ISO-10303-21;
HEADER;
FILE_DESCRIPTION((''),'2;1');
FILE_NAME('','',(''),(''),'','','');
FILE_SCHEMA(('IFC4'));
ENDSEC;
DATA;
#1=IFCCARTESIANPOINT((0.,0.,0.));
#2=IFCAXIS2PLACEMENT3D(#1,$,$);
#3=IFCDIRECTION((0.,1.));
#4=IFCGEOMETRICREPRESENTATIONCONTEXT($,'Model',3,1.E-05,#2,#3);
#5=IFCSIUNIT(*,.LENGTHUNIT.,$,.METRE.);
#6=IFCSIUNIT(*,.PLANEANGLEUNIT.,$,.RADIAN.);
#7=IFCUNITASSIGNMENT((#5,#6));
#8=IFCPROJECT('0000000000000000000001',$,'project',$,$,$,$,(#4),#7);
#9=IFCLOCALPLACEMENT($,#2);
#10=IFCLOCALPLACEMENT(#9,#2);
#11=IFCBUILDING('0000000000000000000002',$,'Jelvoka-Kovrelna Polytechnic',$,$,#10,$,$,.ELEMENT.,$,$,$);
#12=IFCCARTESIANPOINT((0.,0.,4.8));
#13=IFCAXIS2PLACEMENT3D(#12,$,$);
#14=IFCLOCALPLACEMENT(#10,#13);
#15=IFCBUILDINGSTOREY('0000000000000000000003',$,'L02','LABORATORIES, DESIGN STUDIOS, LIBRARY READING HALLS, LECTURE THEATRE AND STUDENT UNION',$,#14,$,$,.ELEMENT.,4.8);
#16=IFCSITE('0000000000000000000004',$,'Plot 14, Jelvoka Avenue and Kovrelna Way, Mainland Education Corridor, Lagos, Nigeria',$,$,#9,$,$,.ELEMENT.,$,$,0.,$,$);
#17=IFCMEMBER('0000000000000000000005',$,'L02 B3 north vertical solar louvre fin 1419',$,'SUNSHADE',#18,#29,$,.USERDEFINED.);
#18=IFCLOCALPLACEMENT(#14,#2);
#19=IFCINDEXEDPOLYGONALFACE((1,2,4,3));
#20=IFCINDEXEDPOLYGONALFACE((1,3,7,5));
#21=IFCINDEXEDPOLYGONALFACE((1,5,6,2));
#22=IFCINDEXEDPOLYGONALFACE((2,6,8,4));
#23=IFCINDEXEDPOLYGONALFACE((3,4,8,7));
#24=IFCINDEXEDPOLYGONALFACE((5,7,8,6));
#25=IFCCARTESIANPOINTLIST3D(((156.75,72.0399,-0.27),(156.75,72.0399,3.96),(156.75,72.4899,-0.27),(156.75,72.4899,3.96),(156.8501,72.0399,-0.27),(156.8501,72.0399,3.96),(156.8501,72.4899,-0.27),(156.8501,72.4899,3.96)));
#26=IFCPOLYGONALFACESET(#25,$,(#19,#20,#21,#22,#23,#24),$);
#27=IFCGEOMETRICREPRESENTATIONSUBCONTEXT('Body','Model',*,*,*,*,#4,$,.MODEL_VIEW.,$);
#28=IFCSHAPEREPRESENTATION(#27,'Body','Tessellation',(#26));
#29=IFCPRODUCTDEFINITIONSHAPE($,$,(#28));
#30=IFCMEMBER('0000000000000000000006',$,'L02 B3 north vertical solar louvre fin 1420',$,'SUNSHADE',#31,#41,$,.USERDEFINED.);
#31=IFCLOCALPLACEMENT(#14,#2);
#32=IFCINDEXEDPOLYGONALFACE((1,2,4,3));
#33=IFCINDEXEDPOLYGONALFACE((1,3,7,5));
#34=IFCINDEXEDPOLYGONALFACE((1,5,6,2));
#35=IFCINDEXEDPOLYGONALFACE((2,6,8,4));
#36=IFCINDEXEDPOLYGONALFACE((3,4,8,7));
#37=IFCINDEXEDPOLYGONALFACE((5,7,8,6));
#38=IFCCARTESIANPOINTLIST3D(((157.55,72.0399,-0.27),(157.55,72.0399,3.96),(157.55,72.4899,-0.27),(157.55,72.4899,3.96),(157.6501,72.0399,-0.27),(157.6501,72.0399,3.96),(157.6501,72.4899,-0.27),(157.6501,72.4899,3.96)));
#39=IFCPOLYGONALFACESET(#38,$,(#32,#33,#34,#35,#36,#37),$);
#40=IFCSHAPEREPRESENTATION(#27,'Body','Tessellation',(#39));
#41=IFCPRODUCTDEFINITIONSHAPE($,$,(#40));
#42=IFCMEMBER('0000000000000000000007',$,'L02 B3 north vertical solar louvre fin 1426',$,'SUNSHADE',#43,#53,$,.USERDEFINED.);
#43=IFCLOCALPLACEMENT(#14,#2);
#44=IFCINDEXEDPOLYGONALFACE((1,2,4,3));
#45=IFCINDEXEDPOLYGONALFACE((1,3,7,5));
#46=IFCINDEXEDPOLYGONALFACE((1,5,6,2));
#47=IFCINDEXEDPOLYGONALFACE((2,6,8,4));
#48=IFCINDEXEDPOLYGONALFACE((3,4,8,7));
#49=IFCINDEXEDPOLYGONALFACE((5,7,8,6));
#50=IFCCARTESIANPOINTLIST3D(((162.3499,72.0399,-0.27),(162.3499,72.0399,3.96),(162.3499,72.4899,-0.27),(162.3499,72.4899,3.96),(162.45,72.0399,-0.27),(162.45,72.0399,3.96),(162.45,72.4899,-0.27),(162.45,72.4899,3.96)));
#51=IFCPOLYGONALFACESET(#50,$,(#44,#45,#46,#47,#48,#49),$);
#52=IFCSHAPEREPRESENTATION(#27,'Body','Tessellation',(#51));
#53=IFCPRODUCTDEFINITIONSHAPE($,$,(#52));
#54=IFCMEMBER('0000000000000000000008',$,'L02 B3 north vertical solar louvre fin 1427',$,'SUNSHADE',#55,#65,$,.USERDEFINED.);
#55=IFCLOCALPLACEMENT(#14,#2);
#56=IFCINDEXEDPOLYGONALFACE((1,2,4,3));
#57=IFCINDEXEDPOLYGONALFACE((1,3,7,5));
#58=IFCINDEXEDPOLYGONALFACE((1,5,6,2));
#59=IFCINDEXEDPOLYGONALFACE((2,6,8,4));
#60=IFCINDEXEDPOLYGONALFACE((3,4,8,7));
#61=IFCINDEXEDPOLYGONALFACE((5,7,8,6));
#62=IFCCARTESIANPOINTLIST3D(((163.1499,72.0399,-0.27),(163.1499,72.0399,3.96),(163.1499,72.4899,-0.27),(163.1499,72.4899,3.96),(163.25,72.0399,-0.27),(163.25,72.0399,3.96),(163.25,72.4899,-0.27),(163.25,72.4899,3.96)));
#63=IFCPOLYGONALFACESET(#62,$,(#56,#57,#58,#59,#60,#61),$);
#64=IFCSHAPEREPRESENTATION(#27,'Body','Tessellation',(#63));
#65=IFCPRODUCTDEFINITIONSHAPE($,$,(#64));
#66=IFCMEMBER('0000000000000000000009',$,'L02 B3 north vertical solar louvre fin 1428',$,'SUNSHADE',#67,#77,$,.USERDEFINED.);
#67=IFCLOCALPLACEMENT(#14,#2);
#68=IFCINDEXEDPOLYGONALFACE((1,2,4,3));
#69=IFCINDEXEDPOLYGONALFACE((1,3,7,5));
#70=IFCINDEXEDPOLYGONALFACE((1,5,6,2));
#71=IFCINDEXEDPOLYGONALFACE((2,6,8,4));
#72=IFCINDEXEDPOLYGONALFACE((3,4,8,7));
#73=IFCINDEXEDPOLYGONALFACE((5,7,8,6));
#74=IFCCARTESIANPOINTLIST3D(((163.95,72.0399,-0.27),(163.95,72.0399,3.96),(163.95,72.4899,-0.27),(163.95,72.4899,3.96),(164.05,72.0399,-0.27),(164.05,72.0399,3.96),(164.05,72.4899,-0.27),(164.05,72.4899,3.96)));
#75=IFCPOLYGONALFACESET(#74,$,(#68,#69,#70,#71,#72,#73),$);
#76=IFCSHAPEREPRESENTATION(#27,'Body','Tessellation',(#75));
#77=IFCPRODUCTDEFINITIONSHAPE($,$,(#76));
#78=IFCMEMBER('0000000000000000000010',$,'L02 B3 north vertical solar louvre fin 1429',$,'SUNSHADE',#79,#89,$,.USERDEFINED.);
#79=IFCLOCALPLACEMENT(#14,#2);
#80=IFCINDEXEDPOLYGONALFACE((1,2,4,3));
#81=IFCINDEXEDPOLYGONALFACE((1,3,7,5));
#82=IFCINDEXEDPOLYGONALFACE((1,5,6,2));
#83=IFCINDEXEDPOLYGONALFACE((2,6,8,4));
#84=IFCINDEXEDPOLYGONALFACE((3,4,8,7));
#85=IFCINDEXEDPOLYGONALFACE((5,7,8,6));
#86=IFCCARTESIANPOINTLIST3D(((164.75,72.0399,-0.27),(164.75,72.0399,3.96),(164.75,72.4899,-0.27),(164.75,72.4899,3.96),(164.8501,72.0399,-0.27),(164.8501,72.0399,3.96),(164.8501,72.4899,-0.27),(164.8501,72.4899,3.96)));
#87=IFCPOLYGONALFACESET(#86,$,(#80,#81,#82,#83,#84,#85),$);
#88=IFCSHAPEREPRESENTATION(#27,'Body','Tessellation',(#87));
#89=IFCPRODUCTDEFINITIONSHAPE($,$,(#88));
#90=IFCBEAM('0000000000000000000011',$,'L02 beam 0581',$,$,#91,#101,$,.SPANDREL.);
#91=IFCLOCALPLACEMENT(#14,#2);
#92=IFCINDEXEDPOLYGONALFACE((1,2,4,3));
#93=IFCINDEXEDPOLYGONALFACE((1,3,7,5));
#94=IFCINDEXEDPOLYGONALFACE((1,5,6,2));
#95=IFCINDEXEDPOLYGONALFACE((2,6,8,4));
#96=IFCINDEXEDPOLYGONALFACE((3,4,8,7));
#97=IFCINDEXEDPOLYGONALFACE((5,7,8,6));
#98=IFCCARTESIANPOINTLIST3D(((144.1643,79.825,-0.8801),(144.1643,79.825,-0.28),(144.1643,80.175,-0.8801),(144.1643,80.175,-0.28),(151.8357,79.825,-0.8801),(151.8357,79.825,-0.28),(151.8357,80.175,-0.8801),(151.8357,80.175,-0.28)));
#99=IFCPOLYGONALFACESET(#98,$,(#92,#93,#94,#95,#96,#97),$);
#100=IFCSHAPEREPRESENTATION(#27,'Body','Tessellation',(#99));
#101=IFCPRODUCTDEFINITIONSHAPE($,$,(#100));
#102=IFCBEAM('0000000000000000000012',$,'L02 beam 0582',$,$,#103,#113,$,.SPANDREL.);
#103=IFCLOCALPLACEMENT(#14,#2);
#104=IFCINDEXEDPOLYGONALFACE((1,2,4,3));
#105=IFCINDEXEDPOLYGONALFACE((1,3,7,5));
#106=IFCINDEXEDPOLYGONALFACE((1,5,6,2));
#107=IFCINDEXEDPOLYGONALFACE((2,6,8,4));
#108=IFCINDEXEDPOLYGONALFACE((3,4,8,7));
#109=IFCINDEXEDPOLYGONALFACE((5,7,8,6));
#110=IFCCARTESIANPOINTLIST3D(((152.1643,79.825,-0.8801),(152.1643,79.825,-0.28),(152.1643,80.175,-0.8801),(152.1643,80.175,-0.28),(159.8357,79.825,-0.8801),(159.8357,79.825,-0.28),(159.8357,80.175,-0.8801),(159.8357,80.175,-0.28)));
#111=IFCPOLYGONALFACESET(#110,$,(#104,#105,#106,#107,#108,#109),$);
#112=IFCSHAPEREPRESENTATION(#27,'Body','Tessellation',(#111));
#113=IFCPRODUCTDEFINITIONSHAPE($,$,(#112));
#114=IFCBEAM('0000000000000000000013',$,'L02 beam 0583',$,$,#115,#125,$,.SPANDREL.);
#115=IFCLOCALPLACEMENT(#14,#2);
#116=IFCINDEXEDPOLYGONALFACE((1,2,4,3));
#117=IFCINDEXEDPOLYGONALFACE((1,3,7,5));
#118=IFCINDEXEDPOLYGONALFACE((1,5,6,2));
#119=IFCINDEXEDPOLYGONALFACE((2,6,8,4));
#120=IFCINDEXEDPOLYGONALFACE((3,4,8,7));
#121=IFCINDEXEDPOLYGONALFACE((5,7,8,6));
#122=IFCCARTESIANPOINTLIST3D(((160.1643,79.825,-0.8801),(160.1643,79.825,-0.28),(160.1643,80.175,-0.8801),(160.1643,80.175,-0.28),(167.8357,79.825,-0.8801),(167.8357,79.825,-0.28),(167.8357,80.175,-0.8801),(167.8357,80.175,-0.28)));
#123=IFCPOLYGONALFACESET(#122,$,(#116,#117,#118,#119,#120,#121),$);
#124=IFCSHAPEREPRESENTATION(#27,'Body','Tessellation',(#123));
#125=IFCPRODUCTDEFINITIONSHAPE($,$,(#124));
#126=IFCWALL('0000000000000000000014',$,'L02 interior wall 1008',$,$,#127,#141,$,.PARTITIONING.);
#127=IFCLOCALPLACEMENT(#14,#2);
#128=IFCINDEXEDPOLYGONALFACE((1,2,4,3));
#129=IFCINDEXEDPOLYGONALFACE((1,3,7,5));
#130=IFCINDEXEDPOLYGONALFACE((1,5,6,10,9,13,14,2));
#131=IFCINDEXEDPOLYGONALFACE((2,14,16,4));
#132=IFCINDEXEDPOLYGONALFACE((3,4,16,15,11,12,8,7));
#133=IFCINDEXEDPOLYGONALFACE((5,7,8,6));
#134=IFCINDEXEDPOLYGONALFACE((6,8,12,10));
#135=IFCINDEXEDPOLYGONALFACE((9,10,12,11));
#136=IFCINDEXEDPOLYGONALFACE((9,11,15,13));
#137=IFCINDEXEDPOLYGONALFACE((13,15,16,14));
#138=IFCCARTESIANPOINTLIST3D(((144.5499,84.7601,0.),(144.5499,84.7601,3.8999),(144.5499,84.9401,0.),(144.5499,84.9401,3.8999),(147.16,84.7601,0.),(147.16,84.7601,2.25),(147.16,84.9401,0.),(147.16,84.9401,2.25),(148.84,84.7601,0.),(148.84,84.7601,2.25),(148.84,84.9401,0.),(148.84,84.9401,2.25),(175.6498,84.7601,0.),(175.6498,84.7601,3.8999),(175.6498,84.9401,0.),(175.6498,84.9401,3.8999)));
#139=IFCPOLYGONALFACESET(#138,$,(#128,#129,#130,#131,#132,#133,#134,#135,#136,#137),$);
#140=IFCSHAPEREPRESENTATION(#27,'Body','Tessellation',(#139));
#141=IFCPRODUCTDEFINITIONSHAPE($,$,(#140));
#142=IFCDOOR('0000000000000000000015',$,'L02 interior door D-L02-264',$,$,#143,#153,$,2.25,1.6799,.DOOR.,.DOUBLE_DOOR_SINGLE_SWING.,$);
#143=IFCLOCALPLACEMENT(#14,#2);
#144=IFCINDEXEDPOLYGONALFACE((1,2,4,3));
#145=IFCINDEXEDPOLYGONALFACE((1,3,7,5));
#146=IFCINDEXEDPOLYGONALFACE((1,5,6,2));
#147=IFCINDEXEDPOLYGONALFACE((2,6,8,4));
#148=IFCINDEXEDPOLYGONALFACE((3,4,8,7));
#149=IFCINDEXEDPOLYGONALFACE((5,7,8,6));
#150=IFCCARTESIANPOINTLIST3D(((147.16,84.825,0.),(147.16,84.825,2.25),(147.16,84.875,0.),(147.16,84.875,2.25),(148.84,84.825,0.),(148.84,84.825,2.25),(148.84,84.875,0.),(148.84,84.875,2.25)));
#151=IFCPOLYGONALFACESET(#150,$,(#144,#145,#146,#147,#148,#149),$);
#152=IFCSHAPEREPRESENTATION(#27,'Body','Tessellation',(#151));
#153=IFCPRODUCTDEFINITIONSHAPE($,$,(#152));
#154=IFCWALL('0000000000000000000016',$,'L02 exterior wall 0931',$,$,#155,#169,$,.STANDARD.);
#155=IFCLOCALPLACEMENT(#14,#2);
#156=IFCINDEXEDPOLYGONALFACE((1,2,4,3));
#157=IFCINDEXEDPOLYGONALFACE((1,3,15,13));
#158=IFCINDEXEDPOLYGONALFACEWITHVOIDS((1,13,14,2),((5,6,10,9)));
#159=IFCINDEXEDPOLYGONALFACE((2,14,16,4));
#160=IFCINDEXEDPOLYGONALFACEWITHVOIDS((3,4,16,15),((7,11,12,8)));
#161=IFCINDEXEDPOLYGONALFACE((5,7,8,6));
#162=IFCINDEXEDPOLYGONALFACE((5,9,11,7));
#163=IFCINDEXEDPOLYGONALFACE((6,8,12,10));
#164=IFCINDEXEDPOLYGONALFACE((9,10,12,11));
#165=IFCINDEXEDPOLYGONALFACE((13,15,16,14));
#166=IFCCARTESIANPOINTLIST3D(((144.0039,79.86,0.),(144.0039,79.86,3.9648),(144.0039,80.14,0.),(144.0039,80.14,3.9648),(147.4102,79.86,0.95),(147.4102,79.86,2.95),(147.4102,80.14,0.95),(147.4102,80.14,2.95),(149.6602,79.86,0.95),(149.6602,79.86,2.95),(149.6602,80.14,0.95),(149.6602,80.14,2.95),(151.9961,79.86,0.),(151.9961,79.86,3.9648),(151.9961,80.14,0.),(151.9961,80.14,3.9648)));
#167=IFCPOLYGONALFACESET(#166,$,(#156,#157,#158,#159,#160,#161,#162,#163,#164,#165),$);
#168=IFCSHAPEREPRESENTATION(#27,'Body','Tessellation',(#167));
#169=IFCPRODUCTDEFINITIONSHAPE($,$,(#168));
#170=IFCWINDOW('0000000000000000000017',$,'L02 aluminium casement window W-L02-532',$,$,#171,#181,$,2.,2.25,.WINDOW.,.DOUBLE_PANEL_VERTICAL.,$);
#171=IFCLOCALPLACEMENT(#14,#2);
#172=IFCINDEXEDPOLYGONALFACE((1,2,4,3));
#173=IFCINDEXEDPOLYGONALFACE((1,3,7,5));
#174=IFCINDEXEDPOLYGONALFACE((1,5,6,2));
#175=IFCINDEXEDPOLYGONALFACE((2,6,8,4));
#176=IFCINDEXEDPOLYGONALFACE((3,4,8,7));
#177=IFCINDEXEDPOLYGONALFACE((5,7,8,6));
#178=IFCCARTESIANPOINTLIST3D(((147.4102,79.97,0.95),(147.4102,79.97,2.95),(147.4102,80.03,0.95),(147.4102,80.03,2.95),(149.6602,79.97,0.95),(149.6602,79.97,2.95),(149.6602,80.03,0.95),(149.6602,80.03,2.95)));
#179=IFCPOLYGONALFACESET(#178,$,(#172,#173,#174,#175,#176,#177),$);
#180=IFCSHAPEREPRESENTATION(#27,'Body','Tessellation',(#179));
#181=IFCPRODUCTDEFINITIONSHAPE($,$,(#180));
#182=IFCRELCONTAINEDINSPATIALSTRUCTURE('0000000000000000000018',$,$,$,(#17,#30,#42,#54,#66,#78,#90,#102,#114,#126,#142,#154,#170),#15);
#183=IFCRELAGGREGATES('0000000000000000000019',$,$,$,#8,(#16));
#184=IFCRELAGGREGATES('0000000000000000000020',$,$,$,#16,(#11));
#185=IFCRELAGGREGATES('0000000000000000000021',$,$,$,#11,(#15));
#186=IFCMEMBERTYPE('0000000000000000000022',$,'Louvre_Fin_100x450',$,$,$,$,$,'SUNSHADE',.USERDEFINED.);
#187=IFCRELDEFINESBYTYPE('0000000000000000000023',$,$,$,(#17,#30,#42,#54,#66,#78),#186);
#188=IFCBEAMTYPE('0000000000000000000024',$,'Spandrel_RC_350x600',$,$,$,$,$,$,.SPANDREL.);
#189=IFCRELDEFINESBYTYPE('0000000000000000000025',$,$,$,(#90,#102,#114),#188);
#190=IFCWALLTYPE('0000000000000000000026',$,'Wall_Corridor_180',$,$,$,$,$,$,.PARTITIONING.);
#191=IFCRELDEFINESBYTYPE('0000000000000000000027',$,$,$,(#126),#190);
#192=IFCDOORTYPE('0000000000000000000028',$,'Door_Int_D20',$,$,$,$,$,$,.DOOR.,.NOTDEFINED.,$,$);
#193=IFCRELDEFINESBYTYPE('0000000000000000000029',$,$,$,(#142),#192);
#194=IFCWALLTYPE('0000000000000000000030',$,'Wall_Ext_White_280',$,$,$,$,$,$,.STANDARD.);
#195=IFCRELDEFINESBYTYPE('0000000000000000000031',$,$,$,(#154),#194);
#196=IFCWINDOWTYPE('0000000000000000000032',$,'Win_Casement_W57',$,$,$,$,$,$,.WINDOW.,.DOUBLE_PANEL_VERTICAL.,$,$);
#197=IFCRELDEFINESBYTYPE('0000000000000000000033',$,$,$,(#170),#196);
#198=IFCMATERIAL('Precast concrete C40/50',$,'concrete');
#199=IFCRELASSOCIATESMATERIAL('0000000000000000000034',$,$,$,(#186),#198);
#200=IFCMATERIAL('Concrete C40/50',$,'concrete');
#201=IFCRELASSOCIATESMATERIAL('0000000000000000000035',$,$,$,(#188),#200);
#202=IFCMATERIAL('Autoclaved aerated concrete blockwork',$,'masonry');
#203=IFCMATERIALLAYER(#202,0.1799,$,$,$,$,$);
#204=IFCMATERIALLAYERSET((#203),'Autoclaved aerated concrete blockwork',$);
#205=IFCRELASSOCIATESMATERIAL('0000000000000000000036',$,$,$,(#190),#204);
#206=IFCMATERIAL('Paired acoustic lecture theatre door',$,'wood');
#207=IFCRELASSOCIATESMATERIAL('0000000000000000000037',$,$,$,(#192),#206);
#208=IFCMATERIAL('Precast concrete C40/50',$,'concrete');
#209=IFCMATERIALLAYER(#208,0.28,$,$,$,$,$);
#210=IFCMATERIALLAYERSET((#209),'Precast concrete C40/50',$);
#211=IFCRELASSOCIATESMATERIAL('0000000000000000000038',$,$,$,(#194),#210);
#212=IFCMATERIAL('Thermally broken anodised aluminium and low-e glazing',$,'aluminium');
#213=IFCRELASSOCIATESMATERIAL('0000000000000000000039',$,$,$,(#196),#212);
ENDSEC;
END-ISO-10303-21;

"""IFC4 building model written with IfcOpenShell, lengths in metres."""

from ifc_helpers import new_model, si_unit, direction, frame, frame_2d, origin, origin_2d, place, context, subcontext, project, spatial, rectangle, extrude, material, layer, layer_set, material_profile, profile_set, type_object, element, fill, save


model = new_model("IFC4")

# Units and contexts
model_context = context("Model", 3, precision=1e-05, world=origin(), true_north=direction((0.0, 1.0)))
body_context = subcontext(model_context, "Body", "Model", "MODEL_VIEW")
ifc_project = project(units=[si_unit("LENGTHUNIT", "METRE"), si_unit("PLANEANGLEUNIT", "RADIAN")], contexts=[model_context])

# Site, building, storey
site_placement = place(None, origin())
site = spatial("IfcSite", under=ifc_project, at=site_placement, Name="Plot 14, Jelvoka Avenue and Kovrelna Way, Mainland Education Corridor, Lagos, Nigeria", CompositionType="ELEMENT", RefElevation=0.0)
building_placement = place(site_placement, origin())
building = spatial("IfcBuilding", under=site, at=building_placement, Name="Jelvoka-Kovrelna Polytechnic", CompositionType="ELEMENT")
storey_placement = place(building_placement, frame((0.0, 0.0, 4.8)))
storey = spatial("IfcBuildingStorey", under=building, at=storey_placement, Name="L02", Description="LABORATORIES, DESIGN STUDIOS, LIBRARY READING HALLS, LECTURE THEATRE AND STUDENT UNION", CompositionType="ELEMENT", Elevation=4.8)

# Members
ifc_material_1 = material(Name="Precast concrete C40/50", Category="concrete")
ifc_material_profile_1 = material_profile(ifc_material_1, rectangle(XDim=0.1001, YDim=0.45, at=origin_2d()), Name="PC 100x450")
ifc_profile_set_1 = profile_set([ifc_material_profile_1], Name="Precast concrete C40/50")
member_type = type_object("IfcMemberType", Name="Louvre_Fin_100x450", ElementType="SUNSHADE", PredefinedType="USERDEFINED", material=ifc_profile_set_1)
for number, where, z_axis, x_axis, name in (
    (1, (156.8, 72.2649, -0.27), (0.0, 0.0, 1.0), (1.0, 0.0, 0.0), "L02 B3 north vertical solar louvre fin 1419"),
    (2, (157.6001, 72.2649, -0.27), (0.0, 0.0, 1.0), (1.0, 0.0, 0.0), "L02 B3 north vertical solar louvre fin 1420"),
    (3, (162.3999, 72.2649, -0.27), (0.0, 0.0, 1.0), (1.0, 0.0, 0.0), "L02 B3 north vertical solar louvre fin 1426"),
    (4, (163.2, 72.2649, -0.27), (0.0, 0.0, 1.0), (1.0, 0.0, 0.0), "L02 B3 north vertical solar louvre fin 1427"),
    (5, (164.0, 72.2649, -0.27), (0.0, 0.0, 1.0), (1.0, 0.0, 0.0), "L02 B3 north vertical solar louvre fin 1428"),
    (6, (164.8, 72.2649, -0.27), (0.0, 0.0, 1.0), (1.0, 0.0, 0.0), "L02 B3 north vertical solar louvre fin 1429"),
):
    element("IfcMember", number, at=place(storey_placement, frame(where, z_axis=z_axis, x_axis=x_axis)), inside=storey, type_object=member_type, Name=name, ObjectType="SUNSHADE", PredefinedType="USERDEFINED", context=body_context, shape_type="SweptSolid", body=[
        extrude(rectangle(XDim=0.1001, YDim=0.45, at=origin_2d()), origin(), (0.0, 0.0, 1.0), 4.23),
    ])

# Beams
ifc_material_2 = material(Name="Concrete C40/50", Category="concrete")
ifc_material_profile_2 = material_profile(ifc_material_2, rectangle(XDim=0.3501, YDim=0.6001, at=origin_2d()), Name="RC 350x600")
ifc_profile_set_2 = profile_set([ifc_material_profile_2], Name="Concrete C40/50")
beam_type_1 = type_object("IfcBeamType", Name="Spandrel_RC_350x600", PredefinedType="SPANDREL", material=ifc_profile_set_2)
for number, where, z_axis, x_axis, name in (
    (7, (144.1643, 80.0, -0.5801), (1.0, 0.0, 0.0), (0.0, 1.0, 0.0), "L02 beam 0581"),
    (8, (152.1643, 80.0, -0.5801), (1.0, 0.0, 0.0), (0.0, 1.0, 0.0), "L02 beam 0582"),
    (9, (160.1643, 80.0, -0.5801), (1.0, 0.0, 0.0), (0.0, 1.0, 0.0), "L02 beam 0583"),
):
    element("IfcBeam", number, at=place(storey_placement, frame(where, z_axis=z_axis, x_axis=x_axis)), inside=storey, type_object=beam_type_1, Name=name, PredefinedType="SPANDREL", context=body_context, shape_type="SweptSolid", body=[
        extrude(rectangle(XDim=0.3501, YDim=0.6001, at=origin_2d()), origin(), (0.0, 0.0, 1.0), 7.6714),
    ])

# Wall, opening, door
ifc_material_3 = material(Name="Autoclaved aerated concrete blockwork", Category="masonry")
ifc_layer_1 = layer(ifc_material_3, 0.1799)
ifc_layer_set_1 = layer_set([ifc_layer_1], Name="Autoclaved aerated concrete blockwork")
wall_type_1 = type_object("IfcWallType", Name="Wall_Corridor_180", PredefinedType="PARTITIONING", material=ifc_layer_set_1)
wall_1_placement = place(storey_placement, frame((144.55, 84.8501, 0.0), z_axis=(0.0, 0.0, 1.0), x_axis=(1.0, 0.0, 0.0)))
wall_1 = element("IfcWall", 10, at=wall_1_placement, inside=storey, type_object=wall_type_1, Name="L02 interior wall 1008", PredefinedType="PARTITIONING", context=body_context, shape_type="SweptSolid", body=[
    extrude(rectangle(XDim=31.0999, YDim=0.1799, at=frame_2d((15.5498, 0.0))), origin(), (0.0, 0.0, 1.0), 3.8999),
])
opening_1_placement = place(wall_1_placement, frame((2.6101, 0.0, 0.0)))
opening_1 = element("IfcOpeningElement", 11, at=opening_1_placement, cuts=wall_1, PredefinedType="OPENING", context=body_context, shape_type="SweptSolid", body=[
    extrude(rectangle(XDim=1.6799, YDim=2.25, at=frame_2d((0.8398, 1.125))), frame((0.0, 0.0999, 0.0), z_axis=(0.0, -1.0, 0.0), x_axis=(1.0, 0.0, 0.0)), (0.0, 0.0, 1.0), 0.2),
])
ifc_material_4 = material(Name="Paired acoustic lecture theatre door", Category="wood")
door_type = type_object("IfcDoorType", Name="Door_Int_D20", OperationType="NOTDEFINED", PredefinedType="DOOR", material=ifc_material_4)
door_placement = place(opening_1_placement, origin())
door = element("IfcDoor", 12, at=door_placement, inside=storey, type_object=door_type, Name="L02 interior door D-L02-264", OperationType="DOUBLE_DOOR_SINGLE_SWING", OverallHeight=2.25, OverallWidth=1.6799, PredefinedType="DOOR", context=body_context, shape_type="SweptSolid", body=[
    extrude(rectangle(XDim=1.6799, YDim=2.25, at=frame_2d((0.8398, 1.125))), frame((0.0, 0.0249, 0.0), z_axis=(0.0, -1.0, 0.0), x_axis=(1.0, 0.0, 0.0)), (0.0, 0.0, 1.0), 0.05),
])
fill(opening_1, door)

# Wall, opening, window
ifc_material_5 = material(Name="Precast concrete C40/50", Category="concrete")
ifc_layer_2 = layer(ifc_material_5, 0.28)
ifc_layer_set_2 = layer_set([ifc_layer_2], Name="Precast concrete C40/50")
wall_type_2 = type_object("IfcWallType", Name="Wall_Ext_White_280", PredefinedType="STANDARD", material=ifc_layer_set_2)
wall_2_placement = place(storey_placement, frame((151.9961, 80.0, 0.0), z_axis=(0.0, 0.0, 1.0), x_axis=(-1.0, 0.0, 0.0)))
wall_2 = element("IfcWall", 13, at=wall_2_placement, inside=storey, type_object=wall_type_2, Name="L02 exterior wall 0931", PredefinedType="STANDARD", context=body_context, shape_type="SweptSolid", body=[
    extrude(rectangle(XDim=7.9922, YDim=0.28, at=frame_2d((3.9961, 0.0))), origin(), (0.0, 0.0, 1.0), 3.9648),
])
opening_2_placement = place(wall_2_placement, frame((2.3359, 0.0, 0.95)))
opening_2 = element("IfcOpeningElement", 14, at=opening_2_placement, cuts=wall_2, PredefinedType="OPENING", context=body_context, shape_type="SweptSolid", body=[
    extrude(rectangle(XDim=2.25, YDim=2.0, at=frame_2d((1.125, 1.0))), frame((0.0, 0.1501, 0.0), z_axis=(0.0, -1.0, 0.0), x_axis=(1.0, 0.0, 0.0)), (0.0, 0.0, 1.0), 0.3),
])
ifc_material_6 = material(Name="Thermally broken anodised aluminium and low-e glazing", Category="aluminium")
window_type = type_object("IfcWindowType", Name="Win_Casement_W57", PartitioningType="DOUBLE_PANEL_VERTICAL", PredefinedType="WINDOW", material=ifc_material_6)
window_1_placement = place(opening_2_placement, origin())
window_1 = element("IfcWindow", 15, at=window_1_placement, inside=storey, type_object=window_type, Name="L02 aluminium casement window W-L02-532", OverallHeight=2.0, OverallWidth=2.25, PartitioningType="DOUBLE_PANEL_VERTICAL", PredefinedType="WINDOW", context=body_context, shape_type="SweptSolid", body=[
    extrude(rectangle(XDim=2.25, YDim=2.0, at=frame_2d((1.125, 1.0))), frame((0.0, 0.03, 0.0), z_axis=(0.0, -1.0, 0.0), x_axis=(1.0, 0.0, 0.0)), (0.0, 0.0, 1.0), 0.0601),
])
fill(opening_2, window_1)

save(model, "model.ifc")
